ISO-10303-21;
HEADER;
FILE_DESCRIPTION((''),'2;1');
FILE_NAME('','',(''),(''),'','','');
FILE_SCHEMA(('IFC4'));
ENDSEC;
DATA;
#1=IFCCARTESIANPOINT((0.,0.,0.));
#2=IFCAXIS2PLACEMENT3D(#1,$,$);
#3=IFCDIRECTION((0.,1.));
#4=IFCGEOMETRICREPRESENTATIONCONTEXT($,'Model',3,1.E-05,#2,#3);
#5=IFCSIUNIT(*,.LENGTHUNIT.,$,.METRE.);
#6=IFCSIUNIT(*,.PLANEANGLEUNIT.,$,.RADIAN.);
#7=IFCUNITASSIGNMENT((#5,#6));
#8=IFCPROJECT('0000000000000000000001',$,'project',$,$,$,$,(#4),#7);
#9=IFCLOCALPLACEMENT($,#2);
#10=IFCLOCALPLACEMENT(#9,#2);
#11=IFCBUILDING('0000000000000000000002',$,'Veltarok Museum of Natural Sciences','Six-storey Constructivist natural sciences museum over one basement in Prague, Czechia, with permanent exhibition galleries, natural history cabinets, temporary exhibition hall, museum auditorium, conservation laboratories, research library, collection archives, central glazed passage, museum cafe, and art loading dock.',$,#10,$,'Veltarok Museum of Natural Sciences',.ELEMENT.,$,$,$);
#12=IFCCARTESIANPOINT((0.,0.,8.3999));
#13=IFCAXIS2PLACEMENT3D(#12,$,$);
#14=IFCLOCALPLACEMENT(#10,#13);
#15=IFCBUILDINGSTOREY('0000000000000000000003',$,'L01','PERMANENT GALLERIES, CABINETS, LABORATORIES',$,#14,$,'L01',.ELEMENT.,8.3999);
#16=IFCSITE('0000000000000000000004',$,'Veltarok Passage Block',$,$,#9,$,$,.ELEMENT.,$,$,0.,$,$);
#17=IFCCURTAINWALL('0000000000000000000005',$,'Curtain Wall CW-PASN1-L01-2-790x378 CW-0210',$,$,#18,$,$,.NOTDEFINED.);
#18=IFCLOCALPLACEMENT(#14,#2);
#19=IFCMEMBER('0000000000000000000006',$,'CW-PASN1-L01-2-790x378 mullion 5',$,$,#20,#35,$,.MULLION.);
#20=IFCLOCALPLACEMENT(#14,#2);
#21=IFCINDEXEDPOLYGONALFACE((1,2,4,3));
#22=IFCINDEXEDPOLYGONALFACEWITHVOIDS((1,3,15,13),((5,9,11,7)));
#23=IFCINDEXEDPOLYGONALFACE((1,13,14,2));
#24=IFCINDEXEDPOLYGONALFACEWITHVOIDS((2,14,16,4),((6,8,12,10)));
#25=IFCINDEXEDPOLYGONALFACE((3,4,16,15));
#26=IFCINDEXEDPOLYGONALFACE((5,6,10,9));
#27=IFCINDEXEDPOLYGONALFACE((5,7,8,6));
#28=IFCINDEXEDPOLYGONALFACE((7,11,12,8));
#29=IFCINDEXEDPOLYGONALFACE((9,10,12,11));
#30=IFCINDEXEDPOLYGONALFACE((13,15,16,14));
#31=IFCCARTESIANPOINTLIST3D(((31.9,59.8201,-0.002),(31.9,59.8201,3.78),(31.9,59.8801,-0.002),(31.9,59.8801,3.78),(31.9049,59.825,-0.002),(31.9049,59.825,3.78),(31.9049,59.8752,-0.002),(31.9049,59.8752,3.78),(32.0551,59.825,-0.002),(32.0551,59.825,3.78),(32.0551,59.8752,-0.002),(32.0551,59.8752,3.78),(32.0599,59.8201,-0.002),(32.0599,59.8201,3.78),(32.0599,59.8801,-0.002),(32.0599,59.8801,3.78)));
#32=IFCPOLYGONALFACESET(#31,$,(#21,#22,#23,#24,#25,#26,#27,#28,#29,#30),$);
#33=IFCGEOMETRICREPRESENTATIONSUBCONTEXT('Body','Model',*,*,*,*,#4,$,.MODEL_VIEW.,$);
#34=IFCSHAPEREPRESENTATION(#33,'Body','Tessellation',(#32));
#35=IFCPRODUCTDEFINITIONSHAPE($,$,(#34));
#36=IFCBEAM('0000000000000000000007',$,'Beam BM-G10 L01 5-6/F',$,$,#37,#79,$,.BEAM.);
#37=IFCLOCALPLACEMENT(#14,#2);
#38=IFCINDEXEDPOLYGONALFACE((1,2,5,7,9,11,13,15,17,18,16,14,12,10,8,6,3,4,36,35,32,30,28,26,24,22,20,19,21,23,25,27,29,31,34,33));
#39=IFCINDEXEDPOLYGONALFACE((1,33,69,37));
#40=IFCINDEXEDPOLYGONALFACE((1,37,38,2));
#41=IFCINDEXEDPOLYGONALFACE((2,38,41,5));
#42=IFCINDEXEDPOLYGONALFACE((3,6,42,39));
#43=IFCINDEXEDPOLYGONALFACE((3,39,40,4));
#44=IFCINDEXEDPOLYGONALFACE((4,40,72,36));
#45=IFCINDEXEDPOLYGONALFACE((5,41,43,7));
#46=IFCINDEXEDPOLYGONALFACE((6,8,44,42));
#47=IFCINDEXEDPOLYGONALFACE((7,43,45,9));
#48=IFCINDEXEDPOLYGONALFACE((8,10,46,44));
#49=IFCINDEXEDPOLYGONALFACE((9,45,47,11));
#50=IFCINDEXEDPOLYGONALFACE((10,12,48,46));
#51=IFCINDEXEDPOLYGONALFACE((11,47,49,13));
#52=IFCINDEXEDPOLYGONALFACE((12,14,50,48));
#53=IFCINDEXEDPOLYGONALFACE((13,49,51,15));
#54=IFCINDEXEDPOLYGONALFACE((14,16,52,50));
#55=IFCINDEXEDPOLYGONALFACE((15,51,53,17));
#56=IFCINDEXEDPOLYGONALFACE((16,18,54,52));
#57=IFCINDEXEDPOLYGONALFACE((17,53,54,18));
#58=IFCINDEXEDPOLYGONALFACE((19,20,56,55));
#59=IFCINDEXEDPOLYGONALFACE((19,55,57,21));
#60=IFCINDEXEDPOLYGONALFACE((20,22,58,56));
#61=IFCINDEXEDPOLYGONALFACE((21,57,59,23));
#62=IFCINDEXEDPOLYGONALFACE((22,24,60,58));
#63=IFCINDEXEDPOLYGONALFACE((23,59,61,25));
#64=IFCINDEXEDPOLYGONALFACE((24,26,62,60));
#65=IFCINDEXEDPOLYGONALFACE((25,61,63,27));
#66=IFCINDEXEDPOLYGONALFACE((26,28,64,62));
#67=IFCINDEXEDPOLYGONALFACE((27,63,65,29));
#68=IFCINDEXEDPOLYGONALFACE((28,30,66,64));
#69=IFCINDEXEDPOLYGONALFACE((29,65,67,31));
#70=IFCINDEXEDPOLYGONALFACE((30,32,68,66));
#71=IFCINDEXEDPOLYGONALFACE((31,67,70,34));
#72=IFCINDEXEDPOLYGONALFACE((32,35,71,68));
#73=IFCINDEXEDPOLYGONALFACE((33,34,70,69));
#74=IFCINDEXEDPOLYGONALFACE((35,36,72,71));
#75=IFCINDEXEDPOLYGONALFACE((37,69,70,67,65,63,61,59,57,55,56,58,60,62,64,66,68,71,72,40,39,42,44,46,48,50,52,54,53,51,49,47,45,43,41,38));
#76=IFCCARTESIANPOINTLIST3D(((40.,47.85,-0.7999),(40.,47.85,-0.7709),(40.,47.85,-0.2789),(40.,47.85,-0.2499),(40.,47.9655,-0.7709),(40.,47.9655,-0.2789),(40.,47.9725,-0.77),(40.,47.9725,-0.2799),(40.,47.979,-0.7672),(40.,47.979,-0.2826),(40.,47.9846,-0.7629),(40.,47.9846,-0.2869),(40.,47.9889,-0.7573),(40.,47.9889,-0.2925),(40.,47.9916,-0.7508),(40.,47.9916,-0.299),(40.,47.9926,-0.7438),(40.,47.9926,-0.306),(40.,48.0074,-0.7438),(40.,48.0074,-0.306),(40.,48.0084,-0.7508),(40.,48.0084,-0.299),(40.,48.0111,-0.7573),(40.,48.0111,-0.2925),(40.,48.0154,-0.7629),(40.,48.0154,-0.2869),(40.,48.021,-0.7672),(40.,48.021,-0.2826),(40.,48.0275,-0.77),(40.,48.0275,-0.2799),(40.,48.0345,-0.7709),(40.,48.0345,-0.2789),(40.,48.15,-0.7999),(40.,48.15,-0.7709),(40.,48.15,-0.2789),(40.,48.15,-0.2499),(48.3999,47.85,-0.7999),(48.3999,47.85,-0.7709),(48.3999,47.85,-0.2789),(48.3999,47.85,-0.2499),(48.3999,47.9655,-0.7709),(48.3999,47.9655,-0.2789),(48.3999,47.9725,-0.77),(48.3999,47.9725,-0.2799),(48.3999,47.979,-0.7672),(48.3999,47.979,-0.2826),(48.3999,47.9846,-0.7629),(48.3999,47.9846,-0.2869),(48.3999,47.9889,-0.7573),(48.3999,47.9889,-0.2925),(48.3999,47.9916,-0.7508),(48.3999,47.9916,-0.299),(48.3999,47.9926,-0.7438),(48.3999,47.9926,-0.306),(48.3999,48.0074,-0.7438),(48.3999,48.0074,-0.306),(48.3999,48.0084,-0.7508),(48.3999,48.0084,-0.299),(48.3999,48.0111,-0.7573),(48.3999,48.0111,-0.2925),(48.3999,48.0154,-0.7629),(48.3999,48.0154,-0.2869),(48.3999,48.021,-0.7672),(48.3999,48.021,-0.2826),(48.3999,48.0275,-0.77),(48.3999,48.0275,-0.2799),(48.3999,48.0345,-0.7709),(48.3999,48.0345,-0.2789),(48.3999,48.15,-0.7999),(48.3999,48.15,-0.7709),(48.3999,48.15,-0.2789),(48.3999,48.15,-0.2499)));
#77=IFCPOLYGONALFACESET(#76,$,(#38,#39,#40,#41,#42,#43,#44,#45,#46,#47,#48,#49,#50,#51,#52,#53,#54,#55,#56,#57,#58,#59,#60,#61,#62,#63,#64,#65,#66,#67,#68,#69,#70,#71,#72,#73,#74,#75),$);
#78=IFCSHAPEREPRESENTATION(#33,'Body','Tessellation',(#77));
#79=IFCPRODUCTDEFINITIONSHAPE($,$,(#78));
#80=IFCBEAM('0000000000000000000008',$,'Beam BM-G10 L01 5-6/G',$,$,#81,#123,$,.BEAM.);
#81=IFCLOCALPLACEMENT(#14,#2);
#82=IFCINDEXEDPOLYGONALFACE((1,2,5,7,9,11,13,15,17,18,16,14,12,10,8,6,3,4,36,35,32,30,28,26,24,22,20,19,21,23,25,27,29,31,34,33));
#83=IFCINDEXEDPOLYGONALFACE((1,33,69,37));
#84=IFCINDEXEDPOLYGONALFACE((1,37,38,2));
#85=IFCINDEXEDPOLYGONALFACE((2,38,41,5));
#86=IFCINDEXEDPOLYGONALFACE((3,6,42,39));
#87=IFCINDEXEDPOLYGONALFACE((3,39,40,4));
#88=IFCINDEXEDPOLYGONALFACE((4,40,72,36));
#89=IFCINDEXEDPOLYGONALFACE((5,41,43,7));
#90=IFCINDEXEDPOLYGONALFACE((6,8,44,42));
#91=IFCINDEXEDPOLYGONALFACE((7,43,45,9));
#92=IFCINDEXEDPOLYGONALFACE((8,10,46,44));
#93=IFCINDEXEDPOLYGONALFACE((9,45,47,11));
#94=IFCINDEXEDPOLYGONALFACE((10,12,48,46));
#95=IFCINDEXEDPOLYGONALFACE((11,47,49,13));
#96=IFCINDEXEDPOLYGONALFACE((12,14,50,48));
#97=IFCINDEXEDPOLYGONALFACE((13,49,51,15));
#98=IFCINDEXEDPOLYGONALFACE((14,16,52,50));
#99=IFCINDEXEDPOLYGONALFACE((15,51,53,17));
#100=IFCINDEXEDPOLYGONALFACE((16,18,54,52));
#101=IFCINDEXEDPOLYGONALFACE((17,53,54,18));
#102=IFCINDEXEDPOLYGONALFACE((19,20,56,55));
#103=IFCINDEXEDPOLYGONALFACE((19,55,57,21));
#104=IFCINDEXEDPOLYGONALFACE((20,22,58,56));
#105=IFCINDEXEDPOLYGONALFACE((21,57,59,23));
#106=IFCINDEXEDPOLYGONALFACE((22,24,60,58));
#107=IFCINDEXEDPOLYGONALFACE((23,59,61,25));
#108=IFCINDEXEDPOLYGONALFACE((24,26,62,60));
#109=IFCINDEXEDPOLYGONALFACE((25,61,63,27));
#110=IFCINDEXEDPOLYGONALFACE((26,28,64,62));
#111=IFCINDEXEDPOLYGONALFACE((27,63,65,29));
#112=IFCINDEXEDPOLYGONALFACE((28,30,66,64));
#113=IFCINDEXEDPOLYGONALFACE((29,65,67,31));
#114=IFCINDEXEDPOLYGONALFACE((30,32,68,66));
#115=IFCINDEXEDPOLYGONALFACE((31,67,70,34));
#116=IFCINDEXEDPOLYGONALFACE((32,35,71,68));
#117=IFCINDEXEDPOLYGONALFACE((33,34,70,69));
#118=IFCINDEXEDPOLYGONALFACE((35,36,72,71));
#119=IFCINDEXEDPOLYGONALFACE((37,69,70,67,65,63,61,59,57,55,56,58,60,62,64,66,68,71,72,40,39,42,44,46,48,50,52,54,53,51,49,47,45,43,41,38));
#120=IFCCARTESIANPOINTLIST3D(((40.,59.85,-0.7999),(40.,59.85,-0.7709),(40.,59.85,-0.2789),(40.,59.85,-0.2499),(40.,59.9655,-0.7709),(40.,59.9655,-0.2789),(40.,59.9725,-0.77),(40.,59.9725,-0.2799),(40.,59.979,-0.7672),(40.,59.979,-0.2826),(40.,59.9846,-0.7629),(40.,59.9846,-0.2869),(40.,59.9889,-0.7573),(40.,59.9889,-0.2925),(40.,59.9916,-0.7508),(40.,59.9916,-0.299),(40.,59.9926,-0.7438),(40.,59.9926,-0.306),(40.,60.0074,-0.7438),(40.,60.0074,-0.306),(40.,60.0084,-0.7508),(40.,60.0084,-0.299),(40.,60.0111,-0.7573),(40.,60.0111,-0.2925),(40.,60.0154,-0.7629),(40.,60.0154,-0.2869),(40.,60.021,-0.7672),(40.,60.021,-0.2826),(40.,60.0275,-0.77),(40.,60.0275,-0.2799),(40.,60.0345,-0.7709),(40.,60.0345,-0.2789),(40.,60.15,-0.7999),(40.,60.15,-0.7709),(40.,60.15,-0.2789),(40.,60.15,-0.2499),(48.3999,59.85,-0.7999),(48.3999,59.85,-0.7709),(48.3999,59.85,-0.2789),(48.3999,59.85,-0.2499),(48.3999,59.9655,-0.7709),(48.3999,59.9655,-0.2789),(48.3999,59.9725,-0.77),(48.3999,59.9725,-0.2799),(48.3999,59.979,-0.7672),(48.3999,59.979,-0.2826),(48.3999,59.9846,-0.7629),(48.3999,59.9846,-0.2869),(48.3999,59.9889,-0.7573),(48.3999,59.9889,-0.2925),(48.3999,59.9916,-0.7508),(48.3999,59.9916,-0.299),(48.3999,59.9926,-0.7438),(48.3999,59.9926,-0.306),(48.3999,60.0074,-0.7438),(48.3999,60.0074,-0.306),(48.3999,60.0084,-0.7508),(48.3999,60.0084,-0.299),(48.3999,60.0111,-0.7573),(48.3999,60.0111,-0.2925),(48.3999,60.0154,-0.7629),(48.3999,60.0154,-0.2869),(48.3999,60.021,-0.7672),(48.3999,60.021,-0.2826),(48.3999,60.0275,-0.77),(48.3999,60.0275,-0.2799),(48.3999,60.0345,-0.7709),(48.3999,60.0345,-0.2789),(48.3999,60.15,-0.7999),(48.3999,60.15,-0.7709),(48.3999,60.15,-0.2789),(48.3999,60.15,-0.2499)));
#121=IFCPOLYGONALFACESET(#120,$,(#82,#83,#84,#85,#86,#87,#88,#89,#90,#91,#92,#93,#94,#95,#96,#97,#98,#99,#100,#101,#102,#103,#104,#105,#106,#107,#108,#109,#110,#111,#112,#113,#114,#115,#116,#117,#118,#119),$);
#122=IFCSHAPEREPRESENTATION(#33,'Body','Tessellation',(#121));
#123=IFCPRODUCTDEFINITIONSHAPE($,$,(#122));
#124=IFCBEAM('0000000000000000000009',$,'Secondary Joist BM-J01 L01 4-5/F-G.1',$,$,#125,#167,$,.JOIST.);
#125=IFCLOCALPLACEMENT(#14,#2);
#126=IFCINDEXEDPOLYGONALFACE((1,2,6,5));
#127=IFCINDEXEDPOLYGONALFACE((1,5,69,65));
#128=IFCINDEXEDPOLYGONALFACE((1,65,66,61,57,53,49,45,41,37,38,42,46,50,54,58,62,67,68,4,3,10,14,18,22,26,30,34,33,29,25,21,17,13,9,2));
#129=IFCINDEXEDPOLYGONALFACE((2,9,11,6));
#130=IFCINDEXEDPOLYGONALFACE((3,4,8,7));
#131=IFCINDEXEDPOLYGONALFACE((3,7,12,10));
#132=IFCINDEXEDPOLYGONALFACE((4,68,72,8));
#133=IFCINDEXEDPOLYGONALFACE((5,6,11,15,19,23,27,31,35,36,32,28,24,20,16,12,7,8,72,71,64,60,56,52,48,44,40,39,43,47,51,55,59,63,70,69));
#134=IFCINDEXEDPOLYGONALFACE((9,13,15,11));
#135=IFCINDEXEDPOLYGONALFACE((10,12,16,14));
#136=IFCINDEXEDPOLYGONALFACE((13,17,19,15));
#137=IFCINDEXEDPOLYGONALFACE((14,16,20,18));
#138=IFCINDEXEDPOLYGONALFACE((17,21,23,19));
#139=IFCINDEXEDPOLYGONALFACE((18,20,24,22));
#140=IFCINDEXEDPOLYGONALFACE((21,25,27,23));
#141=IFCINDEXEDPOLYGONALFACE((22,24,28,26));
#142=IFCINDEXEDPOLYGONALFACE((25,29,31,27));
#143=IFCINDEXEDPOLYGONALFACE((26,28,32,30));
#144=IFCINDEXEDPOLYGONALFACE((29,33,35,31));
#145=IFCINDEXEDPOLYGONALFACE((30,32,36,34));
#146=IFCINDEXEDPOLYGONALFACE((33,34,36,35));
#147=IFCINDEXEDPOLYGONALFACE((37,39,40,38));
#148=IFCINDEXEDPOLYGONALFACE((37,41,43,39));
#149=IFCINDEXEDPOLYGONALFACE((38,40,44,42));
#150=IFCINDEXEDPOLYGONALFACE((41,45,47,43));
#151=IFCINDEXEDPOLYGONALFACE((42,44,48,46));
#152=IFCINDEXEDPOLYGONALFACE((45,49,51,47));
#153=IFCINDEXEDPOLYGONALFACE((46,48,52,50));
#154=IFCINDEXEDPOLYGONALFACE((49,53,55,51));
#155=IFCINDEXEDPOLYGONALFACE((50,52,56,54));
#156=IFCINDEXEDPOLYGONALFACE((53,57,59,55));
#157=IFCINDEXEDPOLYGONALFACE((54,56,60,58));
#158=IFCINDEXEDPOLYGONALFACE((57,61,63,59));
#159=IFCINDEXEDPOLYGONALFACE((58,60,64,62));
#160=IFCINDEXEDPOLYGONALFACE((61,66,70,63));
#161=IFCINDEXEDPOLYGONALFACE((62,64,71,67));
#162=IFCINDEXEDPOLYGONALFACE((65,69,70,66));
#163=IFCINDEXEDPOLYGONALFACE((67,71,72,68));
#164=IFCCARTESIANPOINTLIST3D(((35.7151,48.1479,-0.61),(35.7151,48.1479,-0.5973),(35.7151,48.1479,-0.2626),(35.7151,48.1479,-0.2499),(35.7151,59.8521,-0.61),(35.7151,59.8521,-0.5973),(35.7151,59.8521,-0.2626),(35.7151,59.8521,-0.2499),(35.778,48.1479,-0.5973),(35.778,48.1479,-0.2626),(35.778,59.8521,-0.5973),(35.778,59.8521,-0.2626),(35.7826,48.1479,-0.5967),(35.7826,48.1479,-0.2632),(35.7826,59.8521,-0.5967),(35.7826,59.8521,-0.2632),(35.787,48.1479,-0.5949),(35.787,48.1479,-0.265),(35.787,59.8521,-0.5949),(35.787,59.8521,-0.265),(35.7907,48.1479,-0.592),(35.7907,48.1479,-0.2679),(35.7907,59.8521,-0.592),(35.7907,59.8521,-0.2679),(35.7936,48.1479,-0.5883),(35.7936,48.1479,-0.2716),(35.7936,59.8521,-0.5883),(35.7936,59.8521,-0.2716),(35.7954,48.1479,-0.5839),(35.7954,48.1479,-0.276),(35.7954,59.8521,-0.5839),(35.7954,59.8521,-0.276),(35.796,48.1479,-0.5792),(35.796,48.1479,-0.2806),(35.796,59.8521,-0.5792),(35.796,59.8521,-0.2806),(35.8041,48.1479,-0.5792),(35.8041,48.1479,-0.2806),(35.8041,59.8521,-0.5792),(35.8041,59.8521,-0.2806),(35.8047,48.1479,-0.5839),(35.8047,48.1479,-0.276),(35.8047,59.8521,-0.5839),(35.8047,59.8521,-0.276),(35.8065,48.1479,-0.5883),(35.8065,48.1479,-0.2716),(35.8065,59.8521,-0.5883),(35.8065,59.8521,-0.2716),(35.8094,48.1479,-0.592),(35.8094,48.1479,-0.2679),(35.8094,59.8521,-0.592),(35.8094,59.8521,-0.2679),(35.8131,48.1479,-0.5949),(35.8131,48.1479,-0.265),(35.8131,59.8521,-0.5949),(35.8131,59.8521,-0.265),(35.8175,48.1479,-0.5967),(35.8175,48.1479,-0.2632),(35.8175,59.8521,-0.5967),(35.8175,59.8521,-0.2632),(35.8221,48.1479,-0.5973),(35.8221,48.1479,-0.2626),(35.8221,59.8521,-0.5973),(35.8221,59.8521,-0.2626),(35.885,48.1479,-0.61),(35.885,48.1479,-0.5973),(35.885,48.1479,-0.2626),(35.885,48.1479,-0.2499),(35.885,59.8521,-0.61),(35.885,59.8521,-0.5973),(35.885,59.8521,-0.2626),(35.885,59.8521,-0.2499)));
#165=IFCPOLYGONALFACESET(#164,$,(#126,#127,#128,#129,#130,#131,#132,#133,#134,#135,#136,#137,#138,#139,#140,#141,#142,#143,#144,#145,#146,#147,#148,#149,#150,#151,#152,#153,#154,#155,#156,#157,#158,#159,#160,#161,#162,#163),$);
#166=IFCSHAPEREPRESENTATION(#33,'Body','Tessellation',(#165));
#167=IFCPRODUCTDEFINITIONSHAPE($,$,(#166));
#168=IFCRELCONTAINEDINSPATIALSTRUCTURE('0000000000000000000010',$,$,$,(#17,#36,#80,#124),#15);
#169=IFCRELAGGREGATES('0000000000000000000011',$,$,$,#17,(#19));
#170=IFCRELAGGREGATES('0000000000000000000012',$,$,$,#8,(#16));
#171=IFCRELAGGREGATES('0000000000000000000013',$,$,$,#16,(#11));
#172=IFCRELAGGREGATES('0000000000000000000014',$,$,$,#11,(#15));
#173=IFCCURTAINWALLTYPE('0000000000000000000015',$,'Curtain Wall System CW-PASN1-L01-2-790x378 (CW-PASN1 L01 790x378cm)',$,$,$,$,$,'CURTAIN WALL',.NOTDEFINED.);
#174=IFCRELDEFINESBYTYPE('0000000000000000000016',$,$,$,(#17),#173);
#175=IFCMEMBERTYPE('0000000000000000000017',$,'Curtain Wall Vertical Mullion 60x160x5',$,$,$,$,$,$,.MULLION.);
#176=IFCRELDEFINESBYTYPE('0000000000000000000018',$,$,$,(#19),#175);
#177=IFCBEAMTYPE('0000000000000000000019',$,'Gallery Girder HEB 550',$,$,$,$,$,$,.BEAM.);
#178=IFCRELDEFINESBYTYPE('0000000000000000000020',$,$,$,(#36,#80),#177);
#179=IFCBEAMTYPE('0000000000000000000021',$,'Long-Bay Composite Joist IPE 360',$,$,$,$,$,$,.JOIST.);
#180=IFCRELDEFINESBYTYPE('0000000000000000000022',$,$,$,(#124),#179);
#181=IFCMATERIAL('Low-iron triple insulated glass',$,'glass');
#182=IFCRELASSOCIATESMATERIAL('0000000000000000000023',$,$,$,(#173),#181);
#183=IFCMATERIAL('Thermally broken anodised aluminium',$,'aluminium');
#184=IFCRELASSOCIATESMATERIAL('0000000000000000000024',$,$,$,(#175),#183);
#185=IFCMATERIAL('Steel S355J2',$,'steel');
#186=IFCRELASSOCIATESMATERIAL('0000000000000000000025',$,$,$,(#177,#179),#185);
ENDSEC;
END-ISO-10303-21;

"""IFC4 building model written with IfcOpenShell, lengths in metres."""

from ifc_helpers import new_model, si_unit, direction, frame, origin, origin_2d, place, context, subcontext, project, spatial, hollow_rectangle, i_section, extrude, material, material_profile, profile_set, type_object, element, aggregate, save


model = new_model("IFC4")

# Units and contexts
model_context = context("Model", 3, precision=1e-05, world=origin(), true_north=direction((0.0, 1.0)))
body_context = subcontext(model_context, "Body", "Model", "MODEL_VIEW")
ifc_project = project(units=[si_unit("LENGTHUNIT", "METRE"), si_unit("PLANEANGLEUNIT", "RADIAN")], contexts=[model_context])

# Site, building, storey
site_placement = place(None, origin())
site = spatial("IfcSite", under=ifc_project, at=site_placement, Name="Veltarok Passage Block", CompositionType="ELEMENT", RefElevation=0.0)
building_placement = place(site_placement, origin())
building = spatial("IfcBuilding", under=site, at=building_placement, Name="Veltarok Museum of Natural Sciences", Description="Six-storey Constructivist natural sciences museum over one basement in Prague, Czechia, with permanent exhibition galleries, natural history cabinets, temporary exhibition hall, museum auditorium, conservation laboratories, research library, collection archives, central glazed passage, museum cafe, and art loading dock.", LongName="Veltarok Museum of Natural Sciences", CompositionType="ELEMENT")
storey_placement = place(building_placement, frame((0.0, 0.0, 8.3999)))
storey = spatial("IfcBuildingStorey", under=building, at=storey_placement, Name="L01", Description="PERMANENT GALLERIES, CABINETS, LABORATORIES", LongName="L01", CompositionType="ELEMENT", Elevation=8.3999)

# Shared definitions
ifc_material_1 = material(Name="Steel S355J2", Category="steel")

# Curtain wall, member
ifc_material_2 = material(Name="Low-iron triple insulated glass", Category="glass")
curtain_wall_type = type_object("IfcCurtainWallType", Name="Curtain Wall System CW-PASN1-L01-2-790x378 (CW-PASN1 L01 790x378cm)", ElementType="CURTAIN WALL", PredefinedType="NOTDEFINED", material=ifc_material_2)
curtain_wall_placement = place(storey_placement, origin())
curtain_wall = element("IfcCurtainWall", 1, at=curtain_wall_placement, inside=storey, type_object=curtain_wall_type, Name="Curtain Wall CW-PASN1-L01-2-790x378 CW-0210", PredefinedType="NOTDEFINED")
ifc_material_3 = material(Name="Thermally broken anodised aluminium", Category="aluminium")
ifc_material_profile_1 = material_profile(ifc_material_3, hollow_rectangle(XDim=0.0601, YDim=0.1599, WallThickness=0.0049, at=origin_2d()), Name="CW MULLION 60x160x5")
ifc_profile_set_1 = profile_set([ifc_material_profile_1], Name="Thermally broken anodised aluminium")
member_type_1 = type_object("IfcMemberType", Name="Curtain Wall Vertical Mullion 60x160x5", PredefinedType="MULLION", material=ifc_profile_set_1)
member_1_placement = place(storey_placement, frame((31.98, 59.8501, -0.002), z_axis=(0.0, 0.0, 1.0), x_axis=(0.0, -1.0, 0.0)))
member_1 = element("IfcMember", 2, at=member_1_placement, type_object=member_type_1, Name="CW-PASN1-L01-2-790x378 mullion 5", PredefinedType="MULLION", context=body_context, shape_type="SweptSolid", body=[
    extrude(hollow_rectangle(XDim=0.0601, YDim=0.1599, WallThickness=0.0049, at=origin_2d()), origin(), (0.0, 0.0, 1.0), 3.782),
])

# Beams
ifc_material_profile_2 = material_profile(ifc_material_1, i_section(OverallWidth=0.3, OverallDepth=0.55, WebThickness=0.0149, FlangeThickness=0.0291, FilletRadius=0.0271, at=origin_2d()), Name="HEB 550")
ifc_profile_set_2 = profile_set([ifc_material_profile_2], Name="Steel S355J2")
beam_type_1 = type_object("IfcBeamType", Name="Gallery Girder HEB 550", PredefinedType="BEAM", material=ifc_profile_set_2)
for number, where, z_axis, x_axis, name in (
    (3, (40.0, 48.0, -0.5249), (1.0, 0.0, 0.0), (0.0, 1.0, 0.0), "Beam BM-G10 L01 5-6/F"),
    (4, (40.0, 60.0, -0.5249), (1.0, 0.0, 0.0), (0.0, 1.0, 0.0), "Beam BM-G10 L01 5-6/G"),
):
    element("IfcBeam", number, at=place(storey_placement, frame(where, z_axis=z_axis, x_axis=x_axis)), inside=storey, type_object=beam_type_1, Name=name, PredefinedType="BEAM", context=body_context, shape_type="SweptSolid", body=[
        extrude(i_section(OverallWidth=0.3, OverallDepth=0.55, WebThickness=0.0149, FlangeThickness=0.0291, FilletRadius=0.0271, at=origin_2d()), origin(), (0.0, 0.0, 1.0), 8.3999),
    ])
ifc_material_profile_3 = material_profile(ifc_material_1, i_section(OverallWidth=0.1699, OverallDepth=0.3601, WebThickness=0.0081, FlangeThickness=0.0127, FilletRadius=0.0181, at=origin_2d()), Name="IPE 360")
ifc_profile_set_3 = profile_set([ifc_material_profile_3], Name="Steel S355J2")
beam_type_2 = type_object("IfcBeamType", Name="Long-Bay Composite Joist IPE 360", PredefinedType="JOIST", material=ifc_profile_set_3)
for number, where, z_axis, x_axis, name in (
    (5, (35.8, 48.1479, -0.4299), (0.0, 1.0, 0.0), (-1.0, 0.0, 0.0), "Secondary Joist BM-J01 L01 4-5/F-G.1"),
):
    element("IfcBeam", number, at=place(storey_placement, frame(where, z_axis=z_axis, x_axis=x_axis)), inside=storey, type_object=beam_type_2, Name=name, PredefinedType="JOIST", context=body_context, shape_type="SweptSolid", body=[
        extrude(i_section(OverallWidth=0.1699, OverallDepth=0.3601, WebThickness=0.0081, FlangeThickness=0.0127, FilletRadius=0.0181, at=origin_2d()), origin(), (0.0, 0.0, 1.0), 11.7041),
    ])

aggregate(curtain_wall, [member_1])

save(model, "model.ifc")
